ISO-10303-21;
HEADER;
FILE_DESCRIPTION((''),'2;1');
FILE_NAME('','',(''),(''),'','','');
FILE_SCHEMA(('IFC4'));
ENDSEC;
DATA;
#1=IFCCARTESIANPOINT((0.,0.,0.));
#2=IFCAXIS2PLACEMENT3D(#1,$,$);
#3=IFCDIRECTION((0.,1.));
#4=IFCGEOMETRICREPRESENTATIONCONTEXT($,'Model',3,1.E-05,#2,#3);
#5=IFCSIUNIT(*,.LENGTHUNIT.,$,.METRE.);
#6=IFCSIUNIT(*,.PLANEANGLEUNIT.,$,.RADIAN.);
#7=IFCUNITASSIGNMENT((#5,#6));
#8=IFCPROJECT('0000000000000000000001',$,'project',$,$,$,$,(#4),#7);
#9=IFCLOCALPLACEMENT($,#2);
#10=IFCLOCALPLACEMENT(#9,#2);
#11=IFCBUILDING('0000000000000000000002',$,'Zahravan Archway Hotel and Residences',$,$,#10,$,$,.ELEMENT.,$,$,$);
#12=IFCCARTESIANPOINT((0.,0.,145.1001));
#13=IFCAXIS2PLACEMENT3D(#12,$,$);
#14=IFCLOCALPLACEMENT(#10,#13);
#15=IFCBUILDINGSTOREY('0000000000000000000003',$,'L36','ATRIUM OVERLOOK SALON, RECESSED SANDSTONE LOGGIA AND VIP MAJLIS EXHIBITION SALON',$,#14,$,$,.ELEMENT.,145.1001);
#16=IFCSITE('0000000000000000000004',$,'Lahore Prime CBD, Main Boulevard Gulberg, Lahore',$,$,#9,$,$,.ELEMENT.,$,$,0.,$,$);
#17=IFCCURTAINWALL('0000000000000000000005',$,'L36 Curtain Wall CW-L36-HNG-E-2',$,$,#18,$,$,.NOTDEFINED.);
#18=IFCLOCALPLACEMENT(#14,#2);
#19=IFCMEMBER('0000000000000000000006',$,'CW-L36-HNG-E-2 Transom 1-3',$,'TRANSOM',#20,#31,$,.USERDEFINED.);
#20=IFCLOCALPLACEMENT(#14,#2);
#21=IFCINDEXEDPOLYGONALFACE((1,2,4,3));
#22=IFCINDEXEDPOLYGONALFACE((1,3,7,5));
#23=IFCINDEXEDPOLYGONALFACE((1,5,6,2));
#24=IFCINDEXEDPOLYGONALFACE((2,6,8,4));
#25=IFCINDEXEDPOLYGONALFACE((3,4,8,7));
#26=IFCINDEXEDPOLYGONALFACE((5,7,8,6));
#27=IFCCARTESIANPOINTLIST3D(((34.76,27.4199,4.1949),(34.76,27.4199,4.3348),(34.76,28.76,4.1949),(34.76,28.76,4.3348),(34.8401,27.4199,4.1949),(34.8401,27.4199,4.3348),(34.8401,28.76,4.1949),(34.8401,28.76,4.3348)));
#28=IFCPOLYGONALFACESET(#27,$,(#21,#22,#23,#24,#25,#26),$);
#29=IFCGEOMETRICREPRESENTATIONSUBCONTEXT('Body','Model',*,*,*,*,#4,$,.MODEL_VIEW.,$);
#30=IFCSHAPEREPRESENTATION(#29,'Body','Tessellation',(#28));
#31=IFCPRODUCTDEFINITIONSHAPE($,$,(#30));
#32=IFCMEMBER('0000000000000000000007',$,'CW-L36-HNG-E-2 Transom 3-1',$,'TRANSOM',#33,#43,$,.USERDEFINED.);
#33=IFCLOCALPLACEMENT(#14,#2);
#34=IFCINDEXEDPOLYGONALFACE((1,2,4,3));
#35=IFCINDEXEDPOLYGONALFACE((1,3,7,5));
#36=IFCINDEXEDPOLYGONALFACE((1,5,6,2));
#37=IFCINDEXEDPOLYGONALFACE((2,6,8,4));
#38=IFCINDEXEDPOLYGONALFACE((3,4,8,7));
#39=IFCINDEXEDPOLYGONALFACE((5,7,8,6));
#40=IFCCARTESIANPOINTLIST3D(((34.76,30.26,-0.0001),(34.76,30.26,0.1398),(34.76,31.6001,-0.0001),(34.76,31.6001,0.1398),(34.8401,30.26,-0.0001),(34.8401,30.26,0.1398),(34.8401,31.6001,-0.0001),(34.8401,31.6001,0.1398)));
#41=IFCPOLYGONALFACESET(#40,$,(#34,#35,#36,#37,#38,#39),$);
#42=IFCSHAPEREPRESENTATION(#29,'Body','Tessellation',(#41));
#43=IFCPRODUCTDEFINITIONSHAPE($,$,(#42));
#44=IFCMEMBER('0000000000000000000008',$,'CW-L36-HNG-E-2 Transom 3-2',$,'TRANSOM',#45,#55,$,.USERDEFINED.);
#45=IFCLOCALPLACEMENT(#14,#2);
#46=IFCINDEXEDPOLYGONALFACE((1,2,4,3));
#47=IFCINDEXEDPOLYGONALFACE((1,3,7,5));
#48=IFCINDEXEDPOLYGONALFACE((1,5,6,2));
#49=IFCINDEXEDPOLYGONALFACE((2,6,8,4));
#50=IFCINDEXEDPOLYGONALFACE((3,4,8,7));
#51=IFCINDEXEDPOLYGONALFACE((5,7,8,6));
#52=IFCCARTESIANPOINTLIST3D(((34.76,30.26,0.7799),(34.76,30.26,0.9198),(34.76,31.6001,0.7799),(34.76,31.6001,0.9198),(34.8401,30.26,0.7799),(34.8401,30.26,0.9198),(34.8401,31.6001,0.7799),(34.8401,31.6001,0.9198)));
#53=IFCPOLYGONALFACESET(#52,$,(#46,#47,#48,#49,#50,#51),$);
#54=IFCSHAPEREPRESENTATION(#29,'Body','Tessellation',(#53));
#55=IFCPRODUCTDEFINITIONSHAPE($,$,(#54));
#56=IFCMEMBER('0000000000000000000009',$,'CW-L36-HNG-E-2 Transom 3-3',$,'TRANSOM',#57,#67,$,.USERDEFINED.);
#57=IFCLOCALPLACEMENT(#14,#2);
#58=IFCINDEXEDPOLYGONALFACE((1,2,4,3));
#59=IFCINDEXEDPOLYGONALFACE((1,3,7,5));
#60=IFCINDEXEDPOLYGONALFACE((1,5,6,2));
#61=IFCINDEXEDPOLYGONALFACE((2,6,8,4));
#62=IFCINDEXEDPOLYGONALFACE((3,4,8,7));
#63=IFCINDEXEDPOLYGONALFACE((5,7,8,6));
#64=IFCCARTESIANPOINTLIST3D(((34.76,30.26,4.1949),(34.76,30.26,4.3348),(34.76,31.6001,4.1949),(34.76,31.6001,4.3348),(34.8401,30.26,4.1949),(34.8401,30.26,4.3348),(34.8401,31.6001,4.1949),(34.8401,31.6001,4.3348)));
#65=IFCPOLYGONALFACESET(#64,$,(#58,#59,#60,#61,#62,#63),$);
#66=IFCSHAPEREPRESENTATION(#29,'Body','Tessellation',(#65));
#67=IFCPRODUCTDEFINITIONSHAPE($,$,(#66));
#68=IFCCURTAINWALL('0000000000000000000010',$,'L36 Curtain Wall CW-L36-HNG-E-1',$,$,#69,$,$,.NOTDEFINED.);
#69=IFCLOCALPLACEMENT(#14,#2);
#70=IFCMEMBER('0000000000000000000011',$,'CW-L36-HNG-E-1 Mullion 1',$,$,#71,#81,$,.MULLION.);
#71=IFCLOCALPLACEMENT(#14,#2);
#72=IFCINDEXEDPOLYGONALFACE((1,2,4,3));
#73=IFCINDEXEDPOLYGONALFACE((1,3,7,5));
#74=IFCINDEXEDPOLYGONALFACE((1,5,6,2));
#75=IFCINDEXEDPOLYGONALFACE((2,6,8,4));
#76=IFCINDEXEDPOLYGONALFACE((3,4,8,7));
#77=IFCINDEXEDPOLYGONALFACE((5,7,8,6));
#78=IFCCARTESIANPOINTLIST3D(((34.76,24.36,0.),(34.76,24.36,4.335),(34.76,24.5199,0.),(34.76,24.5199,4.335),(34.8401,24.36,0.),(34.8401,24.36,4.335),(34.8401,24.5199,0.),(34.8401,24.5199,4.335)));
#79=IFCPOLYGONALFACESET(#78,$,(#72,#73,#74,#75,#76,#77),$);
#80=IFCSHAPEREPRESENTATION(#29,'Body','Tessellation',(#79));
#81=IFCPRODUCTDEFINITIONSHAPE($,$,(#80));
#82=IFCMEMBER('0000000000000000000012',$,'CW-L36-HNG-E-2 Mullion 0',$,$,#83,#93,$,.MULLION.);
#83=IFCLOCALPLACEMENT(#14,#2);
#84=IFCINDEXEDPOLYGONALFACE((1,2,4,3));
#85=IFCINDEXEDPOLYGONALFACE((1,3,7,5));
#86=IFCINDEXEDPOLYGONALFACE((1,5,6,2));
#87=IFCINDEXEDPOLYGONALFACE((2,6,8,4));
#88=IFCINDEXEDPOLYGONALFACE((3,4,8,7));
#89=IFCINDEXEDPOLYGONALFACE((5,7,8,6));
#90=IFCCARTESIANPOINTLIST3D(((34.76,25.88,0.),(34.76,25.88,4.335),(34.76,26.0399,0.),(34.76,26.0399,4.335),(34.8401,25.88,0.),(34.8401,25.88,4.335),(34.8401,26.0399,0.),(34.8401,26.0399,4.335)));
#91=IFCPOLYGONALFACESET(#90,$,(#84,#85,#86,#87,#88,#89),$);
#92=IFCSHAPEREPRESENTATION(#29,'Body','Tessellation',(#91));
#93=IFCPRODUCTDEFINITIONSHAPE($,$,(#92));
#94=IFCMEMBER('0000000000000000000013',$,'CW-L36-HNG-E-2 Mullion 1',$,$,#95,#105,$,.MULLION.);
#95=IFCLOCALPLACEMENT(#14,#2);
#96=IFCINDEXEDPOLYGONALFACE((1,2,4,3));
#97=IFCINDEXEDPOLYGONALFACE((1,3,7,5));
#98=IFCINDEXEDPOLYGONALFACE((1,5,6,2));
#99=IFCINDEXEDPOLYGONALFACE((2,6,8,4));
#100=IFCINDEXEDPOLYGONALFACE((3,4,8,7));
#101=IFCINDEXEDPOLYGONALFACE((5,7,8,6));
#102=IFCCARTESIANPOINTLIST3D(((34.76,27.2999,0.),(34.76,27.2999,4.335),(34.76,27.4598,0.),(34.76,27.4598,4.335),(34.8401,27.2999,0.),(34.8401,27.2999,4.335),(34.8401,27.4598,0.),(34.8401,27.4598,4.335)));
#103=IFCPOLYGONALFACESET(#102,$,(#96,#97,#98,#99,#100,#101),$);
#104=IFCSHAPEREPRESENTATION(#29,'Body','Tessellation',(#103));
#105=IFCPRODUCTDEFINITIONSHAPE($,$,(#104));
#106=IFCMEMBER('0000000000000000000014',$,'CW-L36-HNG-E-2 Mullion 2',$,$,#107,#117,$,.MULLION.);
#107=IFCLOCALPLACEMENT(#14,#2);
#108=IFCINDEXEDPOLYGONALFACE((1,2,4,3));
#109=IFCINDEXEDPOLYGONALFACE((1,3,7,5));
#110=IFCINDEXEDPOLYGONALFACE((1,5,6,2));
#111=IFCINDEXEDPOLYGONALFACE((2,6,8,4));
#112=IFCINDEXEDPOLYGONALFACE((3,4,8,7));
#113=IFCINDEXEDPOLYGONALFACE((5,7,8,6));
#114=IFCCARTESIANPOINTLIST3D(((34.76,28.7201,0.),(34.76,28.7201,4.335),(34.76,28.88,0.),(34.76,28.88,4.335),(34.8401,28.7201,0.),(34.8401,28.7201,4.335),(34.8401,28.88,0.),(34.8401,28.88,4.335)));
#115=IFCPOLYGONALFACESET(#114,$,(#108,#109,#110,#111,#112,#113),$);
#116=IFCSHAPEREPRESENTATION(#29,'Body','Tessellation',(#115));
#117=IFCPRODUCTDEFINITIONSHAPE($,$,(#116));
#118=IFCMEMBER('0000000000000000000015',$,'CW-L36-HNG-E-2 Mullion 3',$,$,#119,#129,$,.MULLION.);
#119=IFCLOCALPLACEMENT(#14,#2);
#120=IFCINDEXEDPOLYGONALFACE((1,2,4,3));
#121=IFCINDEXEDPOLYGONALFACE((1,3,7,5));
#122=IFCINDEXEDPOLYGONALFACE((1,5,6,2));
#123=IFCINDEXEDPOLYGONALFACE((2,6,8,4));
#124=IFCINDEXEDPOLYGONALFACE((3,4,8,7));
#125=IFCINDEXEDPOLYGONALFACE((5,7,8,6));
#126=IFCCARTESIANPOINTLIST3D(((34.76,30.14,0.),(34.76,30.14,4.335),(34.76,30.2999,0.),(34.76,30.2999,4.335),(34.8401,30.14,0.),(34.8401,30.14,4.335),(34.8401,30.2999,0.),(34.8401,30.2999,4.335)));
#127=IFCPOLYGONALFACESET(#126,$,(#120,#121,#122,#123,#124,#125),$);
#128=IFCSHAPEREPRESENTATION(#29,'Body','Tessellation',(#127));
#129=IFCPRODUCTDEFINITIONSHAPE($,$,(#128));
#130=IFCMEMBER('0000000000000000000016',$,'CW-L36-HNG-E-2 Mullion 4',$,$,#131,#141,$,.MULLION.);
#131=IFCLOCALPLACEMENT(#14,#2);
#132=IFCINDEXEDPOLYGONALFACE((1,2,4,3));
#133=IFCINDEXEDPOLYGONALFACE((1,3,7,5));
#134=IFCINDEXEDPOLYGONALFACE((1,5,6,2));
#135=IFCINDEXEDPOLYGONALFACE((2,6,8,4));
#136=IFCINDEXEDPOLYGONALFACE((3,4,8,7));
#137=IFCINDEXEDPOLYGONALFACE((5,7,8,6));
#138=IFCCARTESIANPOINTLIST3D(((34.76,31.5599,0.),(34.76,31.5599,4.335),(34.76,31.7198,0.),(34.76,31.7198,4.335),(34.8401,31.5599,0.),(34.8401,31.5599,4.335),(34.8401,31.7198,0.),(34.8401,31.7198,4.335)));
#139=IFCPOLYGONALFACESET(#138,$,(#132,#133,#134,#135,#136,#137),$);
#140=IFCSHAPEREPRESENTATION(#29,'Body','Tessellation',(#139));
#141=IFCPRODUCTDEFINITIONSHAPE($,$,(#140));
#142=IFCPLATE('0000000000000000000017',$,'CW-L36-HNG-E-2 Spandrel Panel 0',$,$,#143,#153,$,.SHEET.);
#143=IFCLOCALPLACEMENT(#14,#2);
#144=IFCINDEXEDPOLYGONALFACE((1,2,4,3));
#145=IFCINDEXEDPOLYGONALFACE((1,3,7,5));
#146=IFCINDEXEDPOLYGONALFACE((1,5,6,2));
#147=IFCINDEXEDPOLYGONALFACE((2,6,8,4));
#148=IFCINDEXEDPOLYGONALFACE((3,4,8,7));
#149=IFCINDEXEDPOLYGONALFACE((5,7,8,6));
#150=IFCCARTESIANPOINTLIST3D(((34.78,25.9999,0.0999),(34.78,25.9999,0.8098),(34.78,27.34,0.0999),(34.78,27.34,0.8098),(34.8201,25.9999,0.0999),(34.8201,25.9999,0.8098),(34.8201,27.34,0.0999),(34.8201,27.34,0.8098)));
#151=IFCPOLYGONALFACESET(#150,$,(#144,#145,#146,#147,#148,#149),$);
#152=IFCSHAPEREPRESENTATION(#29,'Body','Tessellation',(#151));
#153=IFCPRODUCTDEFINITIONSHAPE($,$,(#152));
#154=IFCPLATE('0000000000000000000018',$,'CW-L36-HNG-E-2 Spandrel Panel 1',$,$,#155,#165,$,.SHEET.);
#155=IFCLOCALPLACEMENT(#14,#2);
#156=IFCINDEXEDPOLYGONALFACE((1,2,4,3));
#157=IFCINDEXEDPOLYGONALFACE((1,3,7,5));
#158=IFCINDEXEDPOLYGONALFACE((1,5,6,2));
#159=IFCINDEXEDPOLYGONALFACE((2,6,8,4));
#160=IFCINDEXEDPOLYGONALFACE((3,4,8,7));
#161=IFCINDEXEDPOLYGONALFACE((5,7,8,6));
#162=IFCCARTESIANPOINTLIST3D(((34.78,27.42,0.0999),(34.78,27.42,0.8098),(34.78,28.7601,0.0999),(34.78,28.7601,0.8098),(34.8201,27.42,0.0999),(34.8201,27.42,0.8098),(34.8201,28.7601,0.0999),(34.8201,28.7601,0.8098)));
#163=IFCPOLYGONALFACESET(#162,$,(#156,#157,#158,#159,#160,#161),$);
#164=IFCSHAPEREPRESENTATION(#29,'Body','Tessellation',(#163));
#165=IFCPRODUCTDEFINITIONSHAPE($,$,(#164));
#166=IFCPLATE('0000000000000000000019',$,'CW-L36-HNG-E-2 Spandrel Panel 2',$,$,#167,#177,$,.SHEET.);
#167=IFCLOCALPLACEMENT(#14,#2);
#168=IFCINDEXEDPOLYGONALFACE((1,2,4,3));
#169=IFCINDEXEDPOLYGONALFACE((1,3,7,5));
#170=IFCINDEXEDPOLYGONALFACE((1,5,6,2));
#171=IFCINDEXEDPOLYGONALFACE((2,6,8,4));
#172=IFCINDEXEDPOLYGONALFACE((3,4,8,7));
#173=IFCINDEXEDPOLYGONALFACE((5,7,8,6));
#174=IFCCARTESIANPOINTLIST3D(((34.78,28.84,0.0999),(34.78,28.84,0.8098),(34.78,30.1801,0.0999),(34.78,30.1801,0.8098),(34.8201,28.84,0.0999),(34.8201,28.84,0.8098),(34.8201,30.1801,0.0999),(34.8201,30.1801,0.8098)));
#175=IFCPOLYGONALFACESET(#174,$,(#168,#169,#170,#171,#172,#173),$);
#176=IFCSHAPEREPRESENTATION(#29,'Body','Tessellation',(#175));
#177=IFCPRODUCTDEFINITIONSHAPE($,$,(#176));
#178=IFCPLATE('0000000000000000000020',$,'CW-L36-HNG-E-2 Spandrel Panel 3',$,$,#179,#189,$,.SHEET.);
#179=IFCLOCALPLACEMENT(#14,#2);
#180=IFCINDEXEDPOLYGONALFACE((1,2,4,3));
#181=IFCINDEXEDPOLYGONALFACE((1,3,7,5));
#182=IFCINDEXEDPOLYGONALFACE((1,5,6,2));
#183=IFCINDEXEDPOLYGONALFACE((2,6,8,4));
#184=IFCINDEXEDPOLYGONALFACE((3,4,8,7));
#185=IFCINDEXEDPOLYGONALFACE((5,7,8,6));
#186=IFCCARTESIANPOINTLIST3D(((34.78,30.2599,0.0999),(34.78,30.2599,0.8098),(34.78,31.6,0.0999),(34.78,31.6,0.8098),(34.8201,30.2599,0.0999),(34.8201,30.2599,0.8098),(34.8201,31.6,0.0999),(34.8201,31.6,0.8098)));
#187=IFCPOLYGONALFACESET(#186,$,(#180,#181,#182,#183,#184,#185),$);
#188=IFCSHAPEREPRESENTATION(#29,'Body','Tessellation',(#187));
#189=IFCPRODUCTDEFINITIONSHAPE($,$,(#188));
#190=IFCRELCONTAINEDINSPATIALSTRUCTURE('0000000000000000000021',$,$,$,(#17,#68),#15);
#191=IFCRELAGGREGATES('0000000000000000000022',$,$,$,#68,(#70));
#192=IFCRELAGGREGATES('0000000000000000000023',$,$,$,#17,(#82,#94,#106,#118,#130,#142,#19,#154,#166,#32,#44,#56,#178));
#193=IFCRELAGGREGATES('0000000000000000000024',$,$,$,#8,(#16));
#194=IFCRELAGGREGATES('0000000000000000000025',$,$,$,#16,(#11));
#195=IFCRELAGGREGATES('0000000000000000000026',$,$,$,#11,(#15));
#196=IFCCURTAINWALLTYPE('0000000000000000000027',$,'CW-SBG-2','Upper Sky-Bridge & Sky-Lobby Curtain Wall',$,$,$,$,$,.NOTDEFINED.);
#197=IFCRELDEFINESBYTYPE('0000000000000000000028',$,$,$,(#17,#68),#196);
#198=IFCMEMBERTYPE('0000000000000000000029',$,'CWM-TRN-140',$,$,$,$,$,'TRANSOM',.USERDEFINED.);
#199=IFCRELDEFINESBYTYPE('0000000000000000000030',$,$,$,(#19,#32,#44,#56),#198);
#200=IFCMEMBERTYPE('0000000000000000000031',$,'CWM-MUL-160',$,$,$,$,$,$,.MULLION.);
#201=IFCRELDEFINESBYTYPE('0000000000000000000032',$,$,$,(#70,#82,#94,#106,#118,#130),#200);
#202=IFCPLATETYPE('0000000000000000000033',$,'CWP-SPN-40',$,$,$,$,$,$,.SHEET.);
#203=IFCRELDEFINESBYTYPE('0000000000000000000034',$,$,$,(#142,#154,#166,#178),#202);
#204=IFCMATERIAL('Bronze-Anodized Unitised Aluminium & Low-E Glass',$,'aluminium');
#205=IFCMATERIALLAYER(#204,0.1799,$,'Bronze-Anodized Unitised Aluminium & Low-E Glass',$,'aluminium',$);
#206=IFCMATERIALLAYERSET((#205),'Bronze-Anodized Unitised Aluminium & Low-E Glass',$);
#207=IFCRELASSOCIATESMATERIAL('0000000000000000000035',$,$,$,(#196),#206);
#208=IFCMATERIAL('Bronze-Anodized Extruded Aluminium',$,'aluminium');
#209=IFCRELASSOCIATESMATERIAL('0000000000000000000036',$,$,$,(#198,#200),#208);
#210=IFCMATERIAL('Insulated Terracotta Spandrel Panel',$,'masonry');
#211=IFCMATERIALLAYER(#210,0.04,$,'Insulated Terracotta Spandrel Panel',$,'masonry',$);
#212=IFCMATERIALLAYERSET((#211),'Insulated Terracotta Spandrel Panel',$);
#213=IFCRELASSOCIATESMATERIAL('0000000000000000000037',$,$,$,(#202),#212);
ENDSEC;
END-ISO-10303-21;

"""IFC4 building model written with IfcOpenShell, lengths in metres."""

from ifc_helpers import new_model, si_unit, direction, frame, origin, origin_2d, place, context, subcontext, project, spatial, rectangle, extrude, source, transform, mapped, material, layer, layer_set, material_profile, profile_set, type_object, element, aggregate, save


model = new_model("IFC4")

# Units and contexts
model_context = context("Model", 3, precision=1e-05, world=origin(), true_north=direction((0.0, 1.0)))
body_context = subcontext(model_context, "Body", "Model", "MODEL_VIEW")
ifc_project = project(units=[si_unit("LENGTHUNIT", "METRE"), si_unit("PLANEANGLEUNIT", "RADIAN")], contexts=[model_context])

# Site, building, storey
site_placement = place(None, origin())
site = spatial("IfcSite", under=ifc_project, at=site_placement, Name="Lahore Prime CBD, Main Boulevard Gulberg, Lahore", CompositionType="ELEMENT", RefElevation=0.0)
building_placement = place(site_placement, origin())
building = spatial("IfcBuilding", under=site, at=building_placement, Name="Zahravan Archway Hotel and Residences", CompositionType="ELEMENT")
storey_placement = place(building_placement, frame((0.0, 0.0, 145.1001)))
storey = spatial("IfcBuildingStorey", under=building, at=storey_placement, Name="L36", Description="ATRIUM OVERLOOK SALON, RECESSED SANDSTONE LOGGIA AND VIP MAJLIS EXHIBITION SALON", CompositionType="ELEMENT", Elevation=145.1001)

# Curtain wall, members
ifc_material_1 = material(Name="Bronze-Anodized Unitised Aluminium & Low-E Glass", Category="aluminium")
ifc_layer_1 = layer(ifc_material_1, 0.1799, Name="Bronze-Anodized Unitised Aluminium & Low-E Glass", Category="aluminium")
ifc_layer_set_1 = layer_set([ifc_layer_1], Name="Bronze-Anodized Unitised Aluminium & Low-E Glass")
curtain_wall_type = type_object("IfcCurtainWallType", Name="CW-SBG-2", Description="Upper Sky-Bridge & Sky-Lobby Curtain Wall", PredefinedType="NOTDEFINED", material=ifc_layer_set_1)
curtain_wall_1_placement = place(storey_placement, origin())
curtain_wall_1 = element("IfcCurtainWall", 1, at=curtain_wall_1_placement, inside=storey, type_object=curtain_wall_type, Name="L36 Curtain Wall CW-L36-HNG-E-2", PredefinedType="NOTDEFINED")
ifc_material_2 = material(Name="Bronze-Anodized Extruded Aluminium", Category="aluminium")
ifc_material_profile_1 = material_profile(ifc_material_2, rectangle(XDim=0.0801, YDim=0.1399, at=origin_2d()), Name="TRN 80x140", Category="aluminium")
ifc_profile_set_1 = profile_set([ifc_material_profile_1], Name="Bronze-Anodized Extruded Aluminium")
member_type_1 = type_object("IfcMemberType", Name="CWM-TRN-140", ElementType="TRANSOM", PredefinedType="USERDEFINED", material=ifc_profile_set_1)
shared_shape_1 = source(origin(), body_context, "Body", "SweptSolid", [
    extrude(rectangle(XDim=0.0801, YDim=0.1399, at=origin_2d()), origin(), (0.0, 0.0, 1.0), 1.3401),
])
member_1_placement = place(storey_placement, frame((34.8, 27.4199, 4.2649), z_axis=(0.0, 1.0, 0.0), x_axis=(-1.0, 0.0, 0.0)))
member_1 = element("IfcMember", 2, at=member_1_placement, type_object=member_type_1, Name="CW-L36-HNG-E-2 Transom 1-3", ObjectType="TRANSOM", PredefinedType="USERDEFINED", context=body_context, shape_type="MappedRepresentation", body=[
    mapped(shared_shape_1, transform((0.0, 0.0, 0.0), scale=1.0)),
])
member_2_placement = place(storey_placement, frame((34.8, 30.26, 0.0698), z_axis=(0.0, 1.0, 0.0), x_axis=(-1.0, 0.0, 0.0)))
member_2 = element("IfcMember", 3, at=member_2_placement, type_object=member_type_1, Name="CW-L36-HNG-E-2 Transom 3-1", ObjectType="TRANSOM", PredefinedType="USERDEFINED", context=body_context, shape_type="MappedRepresentation", body=[
    mapped(shared_shape_1, transform((0.0, 0.0, 0.0), scale=1.0)),
])
member_3_placement = place(storey_placement, frame((34.8, 30.26, 0.8499), z_axis=(0.0, 1.0, 0.0), x_axis=(-1.0, 0.0, 0.0)))
member_3 = element("IfcMember", 4, at=member_3_placement, type_object=member_type_1, Name="CW-L36-HNG-E-2 Transom 3-2", ObjectType="TRANSOM", PredefinedType="USERDEFINED", context=body_context, shape_type="MappedRepresentation", body=[
    mapped(shared_shape_1, transform((0.0, 0.0, 0.0), scale=1.0)),
])
member_4_placement = place(storey_placement, frame((34.8, 30.26, 4.2649), z_axis=(0.0, 1.0, 0.0), x_axis=(-1.0, 0.0, 0.0)))
member_4 = element("IfcMember", 5, at=member_4_placement, type_object=member_type_1, Name="CW-L36-HNG-E-2 Transom 3-3", ObjectType="TRANSOM", PredefinedType="USERDEFINED", context=body_context, shape_type="MappedRepresentation", body=[
    mapped(shared_shape_1, transform((0.0, 0.0, 0.0), scale=1.0)),
])

# Curtain wall, member
curtain_wall_2_placement = place(storey_placement, origin())
curtain_wall_2 = element("IfcCurtainWall", 6, at=curtain_wall_2_placement, inside=storey, type_object=curtain_wall_type, Name="L36 Curtain Wall CW-L36-HNG-E-1", PredefinedType="NOTDEFINED")
ifc_material_profile_2 = material_profile(ifc_material_2, rectangle(XDim=0.0801, YDim=0.1599, at=origin_2d()), Name="MUL 80x160", Category="aluminium")
ifc_profile_set_2 = profile_set([ifc_material_profile_2], Name="Bronze-Anodized Extruded Aluminium")
member_type_2 = type_object("IfcMemberType", Name="CWM-MUL-160", PredefinedType="MULLION", material=ifc_profile_set_2)
shared_shape_2 = source(origin(), body_context, "Body", "SweptSolid", [
    extrude(rectangle(XDim=0.0801, YDim=0.1599, at=origin_2d()), origin(), (0.0, 0.0, 1.0), 4.335),
])
member_5_placement = place(storey_placement, frame((34.8, 24.4399, 0.0), z_axis=(0.0, 0.0, 1.0), x_axis=(1.0, 0.0, 0.0)))
member_5 = element("IfcMember", 7, at=member_5_placement, type_object=member_type_2, Name="CW-L36-HNG-E-1 Mullion 1", PredefinedType="MULLION", context=body_context, shape_type="MappedRepresentation", body=[
    mapped(shared_shape_2, transform((0.0, 0.0, 0.0), scale=1.0)),
])
aggregate(curtain_wall_2, [member_5])

# Members
member_6_placement = place(storey_placement, frame((34.8, 25.96, 0.0), z_axis=(0.0, 0.0, 1.0), x_axis=(1.0, 0.0, 0.0)))
member_6 = element("IfcMember", 8, at=member_6_placement, type_object=member_type_2, Name="CW-L36-HNG-E-2 Mullion 0", PredefinedType="MULLION", context=body_context, shape_type="MappedRepresentation", body=[
    mapped(shared_shape_2, transform((0.0, 0.0, 0.0), scale=1.0)),
])
member_7_placement = place(storey_placement, frame((34.8, 27.3799, 0.0), z_axis=(0.0, 0.0, 1.0), x_axis=(1.0, 0.0, 0.0)))
member_7 = element("IfcMember", 9, at=member_7_placement, type_object=member_type_2, Name="CW-L36-HNG-E-2 Mullion 1", PredefinedType="MULLION", context=body_context, shape_type="MappedRepresentation", body=[
    mapped(shared_shape_2, transform((0.0, 0.0, 0.0), scale=1.0)),
])
member_8_placement = place(storey_placement, frame((34.8, 28.8, 0.0), z_axis=(0.0, 0.0, 1.0), x_axis=(1.0, 0.0, 0.0)))
member_8 = element("IfcMember", 10, at=member_8_placement, type_object=member_type_2, Name="CW-L36-HNG-E-2 Mullion 2", PredefinedType="MULLION", context=body_context, shape_type="MappedRepresentation", body=[
    mapped(shared_shape_2, transform((0.0, 0.0, 0.0), scale=1.0)),
])
member_9_placement = place(storey_placement, frame((34.8, 30.22, 0.0), z_axis=(0.0, 0.0, 1.0), x_axis=(1.0, 0.0, 0.0)))
member_9 = element("IfcMember", 11, at=member_9_placement, type_object=member_type_2, Name="CW-L36-HNG-E-2 Mullion 3", PredefinedType="MULLION", context=body_context, shape_type="MappedRepresentation", body=[
    mapped(shared_shape_2, transform((0.0, 0.0, 0.0), scale=1.0)),
])
member_10_placement = place(storey_placement, frame((34.8, 31.6399, 0.0), z_axis=(0.0, 0.0, 1.0), x_axis=(1.0, 0.0, 0.0)))
member_10 = element("IfcMember", 12, at=member_10_placement, type_object=member_type_2, Name="CW-L36-HNG-E-2 Mullion 4", PredefinedType="MULLION", context=body_context, shape_type="MappedRepresentation", body=[
    mapped(shared_shape_2, transform((0.0, 0.0, 0.0), scale=1.0)),
])

# Plates
ifc_material_3 = material(Name="Insulated Terracotta Spandrel Panel", Category="masonry")
ifc_layer_2 = layer(ifc_material_3, 0.04, Name="Insulated Terracotta Spandrel Panel", Category="masonry")
ifc_layer_set_2 = layer_set([ifc_layer_2], Name="Insulated Terracotta Spandrel Panel")
plate_type_1 = type_object("IfcPlateType", Name="CWP-SPN-40", PredefinedType="SHEET", material=ifc_layer_set_2)
shared_shape_3 = source(origin(), body_context, "Body", "SweptSolid", [
    extrude(rectangle(XDim=1.3401, YDim=0.04, at=origin_2d()), origin(), (0.0, 0.0, 1.0), 0.71),
])
plate_1_placement = place(storey_placement, frame((34.8, 26.6699, 0.0999), z_axis=(0.0, 0.0, 1.0), x_axis=(0.0, 1.0, 0.0)))
plate_1 = element("IfcPlate", 13, at=plate_1_placement, type_object=plate_type_1, Name="CW-L36-HNG-E-2 Spandrel Panel 0", PredefinedType="SHEET", context=body_context, shape_type="MappedRepresentation", body=[
    mapped(shared_shape_3, transform((0.0, 0.0, 0.0), scale=1.0)),
])
plate_2_placement = place(storey_placement, frame((34.8, 28.0901, 0.0999), z_axis=(0.0, 0.0, 1.0), x_axis=(0.0, 1.0, 0.0)))
plate_2 = element("IfcPlate", 14, at=plate_2_placement, type_object=plate_type_1, Name="CW-L36-HNG-E-2 Spandrel Panel 1", PredefinedType="SHEET", context=body_context, shape_type="MappedRepresentation", body=[
    mapped(shared_shape_3, transform((0.0, 0.0, 0.0), scale=1.0)),
])
plate_3_placement = place(storey_placement, frame((34.8, 29.51, 0.0999), z_axis=(0.0, 0.0, 1.0), x_axis=(0.0, 1.0, 0.0)))
plate_3 = element("IfcPlate", 15, at=plate_3_placement, type_object=plate_type_1, Name="CW-L36-HNG-E-2 Spandrel Panel 2", PredefinedType="SHEET", context=body_context, shape_type="MappedRepresentation", body=[
    mapped(shared_shape_3, transform((0.0, 0.0, 0.0), scale=1.0)),
])
plate_4_placement = place(storey_placement, frame((34.8, 30.9299, 0.0999), z_axis=(0.0, 0.0, 1.0), x_axis=(0.0, 1.0, 0.0)))
plate_4 = element("IfcPlate", 16, at=plate_4_placement, type_object=plate_type_1, Name="CW-L36-HNG-E-2 Spandrel Panel 3", PredefinedType="SHEET", context=body_context, shape_type="MappedRepresentation", body=[
    mapped(shared_shape_3, transform((0.0, 0.0, 0.0), scale=1.0)),
])
aggregate(curtain_wall_1, [member_6, member_7, member_8, member_9, member_10, plate_1, member_1, plate_2, plate_3, member_2, member_3, member_4, plate_4])

save(model, "model.ifc")
